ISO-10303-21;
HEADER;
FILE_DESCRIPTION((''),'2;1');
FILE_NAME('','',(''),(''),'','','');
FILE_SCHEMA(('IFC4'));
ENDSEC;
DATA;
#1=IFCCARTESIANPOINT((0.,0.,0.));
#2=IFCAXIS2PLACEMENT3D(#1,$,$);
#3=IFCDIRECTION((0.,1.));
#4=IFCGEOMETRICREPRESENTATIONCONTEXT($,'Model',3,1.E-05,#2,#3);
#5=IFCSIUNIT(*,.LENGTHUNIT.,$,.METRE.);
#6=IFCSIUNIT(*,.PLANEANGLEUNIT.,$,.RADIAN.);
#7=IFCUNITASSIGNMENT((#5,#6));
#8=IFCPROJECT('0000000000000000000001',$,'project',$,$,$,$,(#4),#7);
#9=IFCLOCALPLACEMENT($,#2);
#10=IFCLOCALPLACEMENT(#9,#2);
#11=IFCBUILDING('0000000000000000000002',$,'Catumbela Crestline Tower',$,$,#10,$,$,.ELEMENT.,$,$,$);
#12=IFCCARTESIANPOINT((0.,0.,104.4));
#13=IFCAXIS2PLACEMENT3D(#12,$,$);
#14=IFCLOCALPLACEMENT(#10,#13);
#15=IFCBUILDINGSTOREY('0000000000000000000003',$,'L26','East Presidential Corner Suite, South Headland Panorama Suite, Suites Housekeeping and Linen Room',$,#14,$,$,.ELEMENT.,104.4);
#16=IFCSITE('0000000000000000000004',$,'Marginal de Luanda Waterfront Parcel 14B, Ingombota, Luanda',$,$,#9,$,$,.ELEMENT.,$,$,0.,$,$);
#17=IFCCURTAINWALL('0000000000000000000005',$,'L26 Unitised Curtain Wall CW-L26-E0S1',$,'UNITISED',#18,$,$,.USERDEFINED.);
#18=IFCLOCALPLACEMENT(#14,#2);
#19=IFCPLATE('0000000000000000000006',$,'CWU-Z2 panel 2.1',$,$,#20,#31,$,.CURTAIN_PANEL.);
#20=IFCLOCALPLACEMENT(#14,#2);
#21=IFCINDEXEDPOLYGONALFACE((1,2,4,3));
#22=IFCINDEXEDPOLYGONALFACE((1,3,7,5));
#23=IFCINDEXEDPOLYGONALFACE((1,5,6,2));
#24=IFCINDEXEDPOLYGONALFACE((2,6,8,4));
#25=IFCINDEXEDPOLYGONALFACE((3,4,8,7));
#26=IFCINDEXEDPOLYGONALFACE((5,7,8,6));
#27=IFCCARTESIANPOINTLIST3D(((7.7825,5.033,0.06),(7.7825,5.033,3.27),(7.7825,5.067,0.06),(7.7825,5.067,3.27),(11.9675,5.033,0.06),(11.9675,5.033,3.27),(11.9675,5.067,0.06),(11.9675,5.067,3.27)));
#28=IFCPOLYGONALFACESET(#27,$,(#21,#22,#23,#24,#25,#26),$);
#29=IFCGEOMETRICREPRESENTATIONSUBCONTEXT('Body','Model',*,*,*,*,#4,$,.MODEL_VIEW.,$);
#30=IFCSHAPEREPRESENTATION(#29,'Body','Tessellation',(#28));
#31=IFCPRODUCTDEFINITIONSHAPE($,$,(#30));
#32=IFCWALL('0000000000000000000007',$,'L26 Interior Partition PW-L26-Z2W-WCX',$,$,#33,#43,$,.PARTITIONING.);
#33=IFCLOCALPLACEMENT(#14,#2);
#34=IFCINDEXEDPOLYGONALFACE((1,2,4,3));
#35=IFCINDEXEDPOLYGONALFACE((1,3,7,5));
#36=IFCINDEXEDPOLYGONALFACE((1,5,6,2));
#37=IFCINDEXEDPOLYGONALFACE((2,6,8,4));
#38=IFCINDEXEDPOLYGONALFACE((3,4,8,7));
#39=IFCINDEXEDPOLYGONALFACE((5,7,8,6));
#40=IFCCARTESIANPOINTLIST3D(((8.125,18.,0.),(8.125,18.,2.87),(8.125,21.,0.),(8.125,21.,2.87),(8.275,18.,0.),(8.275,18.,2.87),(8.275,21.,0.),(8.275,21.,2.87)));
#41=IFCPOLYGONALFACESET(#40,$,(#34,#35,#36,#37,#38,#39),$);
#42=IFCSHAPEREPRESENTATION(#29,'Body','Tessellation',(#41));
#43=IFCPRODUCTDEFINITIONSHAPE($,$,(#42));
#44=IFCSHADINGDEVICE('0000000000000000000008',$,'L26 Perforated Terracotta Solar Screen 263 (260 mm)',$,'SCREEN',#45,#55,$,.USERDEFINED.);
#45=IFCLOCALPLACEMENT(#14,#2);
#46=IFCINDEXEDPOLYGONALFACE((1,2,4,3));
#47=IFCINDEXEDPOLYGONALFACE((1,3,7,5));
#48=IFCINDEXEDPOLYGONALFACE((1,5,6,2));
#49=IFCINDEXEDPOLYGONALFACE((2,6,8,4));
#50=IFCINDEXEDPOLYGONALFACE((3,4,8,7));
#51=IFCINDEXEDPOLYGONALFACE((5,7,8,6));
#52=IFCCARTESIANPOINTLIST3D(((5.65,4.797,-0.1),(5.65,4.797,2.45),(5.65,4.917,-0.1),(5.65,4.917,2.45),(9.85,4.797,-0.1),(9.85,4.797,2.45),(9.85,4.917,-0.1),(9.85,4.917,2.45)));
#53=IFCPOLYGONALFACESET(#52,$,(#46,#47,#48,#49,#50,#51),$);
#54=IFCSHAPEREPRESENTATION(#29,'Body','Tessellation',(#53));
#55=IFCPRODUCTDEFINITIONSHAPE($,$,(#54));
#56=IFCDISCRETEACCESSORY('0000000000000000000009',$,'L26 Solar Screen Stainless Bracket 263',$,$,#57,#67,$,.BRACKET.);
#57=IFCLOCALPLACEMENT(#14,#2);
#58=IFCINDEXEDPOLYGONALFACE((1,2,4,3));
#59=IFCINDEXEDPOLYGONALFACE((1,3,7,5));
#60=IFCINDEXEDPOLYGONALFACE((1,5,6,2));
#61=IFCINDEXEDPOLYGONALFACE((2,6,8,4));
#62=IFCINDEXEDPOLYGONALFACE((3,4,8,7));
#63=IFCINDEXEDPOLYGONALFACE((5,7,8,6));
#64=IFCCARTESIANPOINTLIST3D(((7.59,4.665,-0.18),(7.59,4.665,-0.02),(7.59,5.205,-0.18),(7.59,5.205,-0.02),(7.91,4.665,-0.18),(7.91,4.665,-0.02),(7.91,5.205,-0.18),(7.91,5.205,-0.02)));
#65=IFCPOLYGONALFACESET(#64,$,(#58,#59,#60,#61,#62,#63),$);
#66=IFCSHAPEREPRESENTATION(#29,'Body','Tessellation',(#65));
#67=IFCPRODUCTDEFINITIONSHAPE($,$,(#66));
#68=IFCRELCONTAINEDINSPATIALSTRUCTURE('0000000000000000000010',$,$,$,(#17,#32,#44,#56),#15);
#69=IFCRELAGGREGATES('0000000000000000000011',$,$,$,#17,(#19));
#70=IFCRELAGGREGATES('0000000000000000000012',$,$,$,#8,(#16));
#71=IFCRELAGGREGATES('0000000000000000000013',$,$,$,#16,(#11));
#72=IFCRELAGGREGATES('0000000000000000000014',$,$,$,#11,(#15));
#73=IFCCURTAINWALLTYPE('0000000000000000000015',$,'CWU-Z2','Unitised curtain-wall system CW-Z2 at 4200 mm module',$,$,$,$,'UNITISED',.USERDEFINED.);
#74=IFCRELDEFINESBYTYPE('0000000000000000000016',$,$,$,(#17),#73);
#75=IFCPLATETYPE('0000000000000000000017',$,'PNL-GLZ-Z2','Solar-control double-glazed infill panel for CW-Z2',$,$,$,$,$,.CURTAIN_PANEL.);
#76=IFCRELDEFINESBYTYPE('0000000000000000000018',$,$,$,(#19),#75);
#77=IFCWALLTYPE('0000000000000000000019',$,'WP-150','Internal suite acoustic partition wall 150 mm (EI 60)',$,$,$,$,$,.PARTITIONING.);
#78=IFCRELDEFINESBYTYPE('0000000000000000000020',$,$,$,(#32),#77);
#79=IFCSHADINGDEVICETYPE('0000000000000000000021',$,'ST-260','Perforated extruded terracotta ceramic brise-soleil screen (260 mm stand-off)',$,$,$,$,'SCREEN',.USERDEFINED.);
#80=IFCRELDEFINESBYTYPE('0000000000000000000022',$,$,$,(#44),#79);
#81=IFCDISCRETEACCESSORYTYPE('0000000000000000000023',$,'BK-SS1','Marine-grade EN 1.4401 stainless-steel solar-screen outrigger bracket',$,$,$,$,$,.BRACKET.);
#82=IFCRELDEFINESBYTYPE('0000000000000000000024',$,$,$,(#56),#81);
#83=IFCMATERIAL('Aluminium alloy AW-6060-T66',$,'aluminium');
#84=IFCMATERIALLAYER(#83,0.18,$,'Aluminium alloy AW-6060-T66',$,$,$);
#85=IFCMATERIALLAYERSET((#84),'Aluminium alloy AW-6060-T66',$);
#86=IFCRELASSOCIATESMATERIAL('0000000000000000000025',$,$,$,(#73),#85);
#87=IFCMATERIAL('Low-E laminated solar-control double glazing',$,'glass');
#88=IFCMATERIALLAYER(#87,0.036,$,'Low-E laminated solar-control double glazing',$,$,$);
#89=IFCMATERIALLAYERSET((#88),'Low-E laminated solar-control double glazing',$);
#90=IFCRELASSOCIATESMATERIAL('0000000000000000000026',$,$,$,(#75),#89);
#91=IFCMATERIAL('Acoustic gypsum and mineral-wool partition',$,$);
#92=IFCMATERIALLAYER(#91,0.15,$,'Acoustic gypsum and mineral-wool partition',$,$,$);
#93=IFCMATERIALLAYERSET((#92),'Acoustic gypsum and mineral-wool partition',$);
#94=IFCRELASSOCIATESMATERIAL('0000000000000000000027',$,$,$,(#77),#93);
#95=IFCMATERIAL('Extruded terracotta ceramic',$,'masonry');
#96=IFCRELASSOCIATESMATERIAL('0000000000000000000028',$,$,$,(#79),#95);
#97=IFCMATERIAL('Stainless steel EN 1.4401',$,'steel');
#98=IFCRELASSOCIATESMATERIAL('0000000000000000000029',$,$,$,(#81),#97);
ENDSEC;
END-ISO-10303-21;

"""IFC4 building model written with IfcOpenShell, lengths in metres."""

from ifc_helpers import new_model, si_unit, direction, frame, frame_2d, origin, origin_2d, place, context, subcontext, project, spatial, rectangle, extrude, material, layer, layer_set, type_object, element, aggregate, save


model = new_model("IFC4")

# Units and contexts
model_context = context("Model", 3, precision=1e-05, world=origin(), true_north=direction((0.0, 1.0)))
body_context = subcontext(model_context, "Body", "Model", "MODEL_VIEW")
ifc_project = project(units=[si_unit("LENGTHUNIT", "METRE"), si_unit("PLANEANGLEUNIT", "RADIAN")], contexts=[model_context])

# Site, building, storey
site_placement = place(None, origin())
site = spatial("IfcSite", under=ifc_project, at=site_placement, Name="Marginal de Luanda Waterfront Parcel 14B, Ingombota, Luanda", CompositionType="ELEMENT", RefElevation=0.0)
building_placement = place(site_placement, origin())
building = spatial("IfcBuilding", under=site, at=building_placement, Name="Catumbela Crestline Tower", CompositionType="ELEMENT")
storey_placement = place(building_placement, frame((0.0, 0.0, 104.4)))
storey = spatial("IfcBuildingStorey", under=building, at=storey_placement, Name="L26", Description="East Presidential Corner Suite, South Headland Panorama Suite, Suites Housekeeping and Linen Room", CompositionType="ELEMENT", Elevation=104.4)

# Curtain wall, plate
ifc_material_1 = material(Name="Aluminium alloy AW-6060-T66", Category="aluminium")
ifc_layer_1 = layer(ifc_material_1, 0.18, Name="Aluminium alloy AW-6060-T66")
ifc_layer_set_1 = layer_set([ifc_layer_1], Name="Aluminium alloy AW-6060-T66")
curtain_wall_type = type_object("IfcCurtainWallType", Name="CWU-Z2", Description="Unitised curtain-wall system CW-Z2 at 4200 mm module", ElementType="UNITISED", PredefinedType="USERDEFINED", material=ifc_layer_set_1)
curtain_wall_placement = place(storey_placement, origin())
curtain_wall = element("IfcCurtainWall", 1, at=curtain_wall_placement, inside=storey, type_object=curtain_wall_type, Name="L26 Unitised Curtain Wall CW-L26-E0S1", ObjectType="UNITISED", PredefinedType="USERDEFINED")
ifc_material_2 = material(Name="Low-E laminated solar-control double glazing", Category="glass")
ifc_layer_2 = layer(ifc_material_2, 0.036, Name="Low-E laminated solar-control double glazing")
ifc_layer_set_2 = layer_set([ifc_layer_2], Name="Low-E laminated solar-control double glazing")
plate_type = type_object("IfcPlateType", Name="PNL-GLZ-Z2", Description="Solar-control double-glazed infill panel for CW-Z2", PredefinedType="CURTAIN_PANEL", material=ifc_layer_set_2)
plate_1_placement = place(storey_placement, frame((9.875, 5.05, 0.06), z_axis=(0.0, 0.0, 1.0), x_axis=(1.0, 0.0, 0.0)))
plate_1 = element("IfcPlate", 2, at=plate_1_placement, type_object=plate_type, Name="CWU-Z2 panel 2.1", PredefinedType="CURTAIN_PANEL", context=body_context, shape_type="SweptSolid", body=[
    extrude(rectangle(XDim=4.185, YDim=0.034, at=origin_2d()), origin(), (0.0, 0.0, 1.0), 3.21),
])
aggregate(curtain_wall, [plate_1])

# Wall
ifc_material_3 = material(Name="Acoustic gypsum and mineral-wool partition")
ifc_layer_3 = layer(ifc_material_3, 0.15, Name="Acoustic gypsum and mineral-wool partition")
ifc_layer_set_3 = layer_set([ifc_layer_3], Name="Acoustic gypsum and mineral-wool partition")
wall_type = type_object("IfcWallType", Name="WP-150", Description="Internal suite acoustic partition wall 150 mm (EI 60)", PredefinedType="PARTITIONING", material=ifc_layer_set_3)
wall_placement = place(storey_placement, frame((8.2, 18.0, 0.0), z_axis=(0.0, 0.0, 1.0), x_axis=(0.0, 1.0, 0.0)))
element("IfcWall", 3, at=wall_placement, inside=storey, type_object=wall_type, Name="L26 Interior Partition PW-L26-Z2W-WCX", PredefinedType="PARTITIONING", context=body_context, shape_type="SweptSolid", body=[
    extrude(rectangle(XDim=3.0, YDim=0.15, at=frame_2d((1.5, 0.0))), origin(), (0.0, 0.0, 1.0), 2.87),
])

# Shading device
ifc_material_4 = material(Name="Extruded terracotta ceramic", Category="masonry")
shading_device_type = type_object("IfcShadingDeviceType", Name="ST-260", Description="Perforated extruded terracotta ceramic brise-soleil screen (260 mm stand-off)", ElementType="SCREEN", PredefinedType="USERDEFINED", material=ifc_material_4)
shading_device_placement = place(storey_placement, frame((7.75, 4.857, -0.1), z_axis=(0.0, 0.0, 1.0), x_axis=(1.0, 0.0, 0.0)))
element("IfcShadingDevice", 4, at=shading_device_placement, inside=storey, type_object=shading_device_type, Name="L26 Perforated Terracotta Solar Screen 263 (260 mm)", ObjectType="SCREEN", PredefinedType="USERDEFINED", context=body_context, shape_type="SweptSolid", body=[
    extrude(rectangle(XDim=4.2, YDim=0.12, at=origin_2d()), origin(), (0.0, 0.0, 1.0), 2.55),
])

# Discrete accessory
ifc_material_5 = material(Name="Stainless steel EN 1.4401", Category="steel")
discrete_accessory_type = type_object("IfcDiscreteAccessoryType", Name="BK-SS1", Description="Marine-grade EN 1.4401 stainless-steel solar-screen outrigger bracket", PredefinedType="BRACKET", material=ifc_material_5)
discrete_accessory_placement = place(storey_placement, frame((7.75, 4.935, -0.18), z_axis=(0.0, 0.0, 1.0), x_axis=(1.0, 0.0, 0.0)))
element("IfcDiscreteAccessory", 5, at=discrete_accessory_placement, inside=storey, type_object=discrete_accessory_type, Name="L26 Solar Screen Stainless Bracket 263", PredefinedType="BRACKET", context=body_context, shape_type="SweptSolid", body=[
    extrude(rectangle(XDim=0.32, YDim=0.54, at=origin_2d()), origin(), (0.0, 0.0, 1.0), 0.16),
])

save(model, "model.ifc")
